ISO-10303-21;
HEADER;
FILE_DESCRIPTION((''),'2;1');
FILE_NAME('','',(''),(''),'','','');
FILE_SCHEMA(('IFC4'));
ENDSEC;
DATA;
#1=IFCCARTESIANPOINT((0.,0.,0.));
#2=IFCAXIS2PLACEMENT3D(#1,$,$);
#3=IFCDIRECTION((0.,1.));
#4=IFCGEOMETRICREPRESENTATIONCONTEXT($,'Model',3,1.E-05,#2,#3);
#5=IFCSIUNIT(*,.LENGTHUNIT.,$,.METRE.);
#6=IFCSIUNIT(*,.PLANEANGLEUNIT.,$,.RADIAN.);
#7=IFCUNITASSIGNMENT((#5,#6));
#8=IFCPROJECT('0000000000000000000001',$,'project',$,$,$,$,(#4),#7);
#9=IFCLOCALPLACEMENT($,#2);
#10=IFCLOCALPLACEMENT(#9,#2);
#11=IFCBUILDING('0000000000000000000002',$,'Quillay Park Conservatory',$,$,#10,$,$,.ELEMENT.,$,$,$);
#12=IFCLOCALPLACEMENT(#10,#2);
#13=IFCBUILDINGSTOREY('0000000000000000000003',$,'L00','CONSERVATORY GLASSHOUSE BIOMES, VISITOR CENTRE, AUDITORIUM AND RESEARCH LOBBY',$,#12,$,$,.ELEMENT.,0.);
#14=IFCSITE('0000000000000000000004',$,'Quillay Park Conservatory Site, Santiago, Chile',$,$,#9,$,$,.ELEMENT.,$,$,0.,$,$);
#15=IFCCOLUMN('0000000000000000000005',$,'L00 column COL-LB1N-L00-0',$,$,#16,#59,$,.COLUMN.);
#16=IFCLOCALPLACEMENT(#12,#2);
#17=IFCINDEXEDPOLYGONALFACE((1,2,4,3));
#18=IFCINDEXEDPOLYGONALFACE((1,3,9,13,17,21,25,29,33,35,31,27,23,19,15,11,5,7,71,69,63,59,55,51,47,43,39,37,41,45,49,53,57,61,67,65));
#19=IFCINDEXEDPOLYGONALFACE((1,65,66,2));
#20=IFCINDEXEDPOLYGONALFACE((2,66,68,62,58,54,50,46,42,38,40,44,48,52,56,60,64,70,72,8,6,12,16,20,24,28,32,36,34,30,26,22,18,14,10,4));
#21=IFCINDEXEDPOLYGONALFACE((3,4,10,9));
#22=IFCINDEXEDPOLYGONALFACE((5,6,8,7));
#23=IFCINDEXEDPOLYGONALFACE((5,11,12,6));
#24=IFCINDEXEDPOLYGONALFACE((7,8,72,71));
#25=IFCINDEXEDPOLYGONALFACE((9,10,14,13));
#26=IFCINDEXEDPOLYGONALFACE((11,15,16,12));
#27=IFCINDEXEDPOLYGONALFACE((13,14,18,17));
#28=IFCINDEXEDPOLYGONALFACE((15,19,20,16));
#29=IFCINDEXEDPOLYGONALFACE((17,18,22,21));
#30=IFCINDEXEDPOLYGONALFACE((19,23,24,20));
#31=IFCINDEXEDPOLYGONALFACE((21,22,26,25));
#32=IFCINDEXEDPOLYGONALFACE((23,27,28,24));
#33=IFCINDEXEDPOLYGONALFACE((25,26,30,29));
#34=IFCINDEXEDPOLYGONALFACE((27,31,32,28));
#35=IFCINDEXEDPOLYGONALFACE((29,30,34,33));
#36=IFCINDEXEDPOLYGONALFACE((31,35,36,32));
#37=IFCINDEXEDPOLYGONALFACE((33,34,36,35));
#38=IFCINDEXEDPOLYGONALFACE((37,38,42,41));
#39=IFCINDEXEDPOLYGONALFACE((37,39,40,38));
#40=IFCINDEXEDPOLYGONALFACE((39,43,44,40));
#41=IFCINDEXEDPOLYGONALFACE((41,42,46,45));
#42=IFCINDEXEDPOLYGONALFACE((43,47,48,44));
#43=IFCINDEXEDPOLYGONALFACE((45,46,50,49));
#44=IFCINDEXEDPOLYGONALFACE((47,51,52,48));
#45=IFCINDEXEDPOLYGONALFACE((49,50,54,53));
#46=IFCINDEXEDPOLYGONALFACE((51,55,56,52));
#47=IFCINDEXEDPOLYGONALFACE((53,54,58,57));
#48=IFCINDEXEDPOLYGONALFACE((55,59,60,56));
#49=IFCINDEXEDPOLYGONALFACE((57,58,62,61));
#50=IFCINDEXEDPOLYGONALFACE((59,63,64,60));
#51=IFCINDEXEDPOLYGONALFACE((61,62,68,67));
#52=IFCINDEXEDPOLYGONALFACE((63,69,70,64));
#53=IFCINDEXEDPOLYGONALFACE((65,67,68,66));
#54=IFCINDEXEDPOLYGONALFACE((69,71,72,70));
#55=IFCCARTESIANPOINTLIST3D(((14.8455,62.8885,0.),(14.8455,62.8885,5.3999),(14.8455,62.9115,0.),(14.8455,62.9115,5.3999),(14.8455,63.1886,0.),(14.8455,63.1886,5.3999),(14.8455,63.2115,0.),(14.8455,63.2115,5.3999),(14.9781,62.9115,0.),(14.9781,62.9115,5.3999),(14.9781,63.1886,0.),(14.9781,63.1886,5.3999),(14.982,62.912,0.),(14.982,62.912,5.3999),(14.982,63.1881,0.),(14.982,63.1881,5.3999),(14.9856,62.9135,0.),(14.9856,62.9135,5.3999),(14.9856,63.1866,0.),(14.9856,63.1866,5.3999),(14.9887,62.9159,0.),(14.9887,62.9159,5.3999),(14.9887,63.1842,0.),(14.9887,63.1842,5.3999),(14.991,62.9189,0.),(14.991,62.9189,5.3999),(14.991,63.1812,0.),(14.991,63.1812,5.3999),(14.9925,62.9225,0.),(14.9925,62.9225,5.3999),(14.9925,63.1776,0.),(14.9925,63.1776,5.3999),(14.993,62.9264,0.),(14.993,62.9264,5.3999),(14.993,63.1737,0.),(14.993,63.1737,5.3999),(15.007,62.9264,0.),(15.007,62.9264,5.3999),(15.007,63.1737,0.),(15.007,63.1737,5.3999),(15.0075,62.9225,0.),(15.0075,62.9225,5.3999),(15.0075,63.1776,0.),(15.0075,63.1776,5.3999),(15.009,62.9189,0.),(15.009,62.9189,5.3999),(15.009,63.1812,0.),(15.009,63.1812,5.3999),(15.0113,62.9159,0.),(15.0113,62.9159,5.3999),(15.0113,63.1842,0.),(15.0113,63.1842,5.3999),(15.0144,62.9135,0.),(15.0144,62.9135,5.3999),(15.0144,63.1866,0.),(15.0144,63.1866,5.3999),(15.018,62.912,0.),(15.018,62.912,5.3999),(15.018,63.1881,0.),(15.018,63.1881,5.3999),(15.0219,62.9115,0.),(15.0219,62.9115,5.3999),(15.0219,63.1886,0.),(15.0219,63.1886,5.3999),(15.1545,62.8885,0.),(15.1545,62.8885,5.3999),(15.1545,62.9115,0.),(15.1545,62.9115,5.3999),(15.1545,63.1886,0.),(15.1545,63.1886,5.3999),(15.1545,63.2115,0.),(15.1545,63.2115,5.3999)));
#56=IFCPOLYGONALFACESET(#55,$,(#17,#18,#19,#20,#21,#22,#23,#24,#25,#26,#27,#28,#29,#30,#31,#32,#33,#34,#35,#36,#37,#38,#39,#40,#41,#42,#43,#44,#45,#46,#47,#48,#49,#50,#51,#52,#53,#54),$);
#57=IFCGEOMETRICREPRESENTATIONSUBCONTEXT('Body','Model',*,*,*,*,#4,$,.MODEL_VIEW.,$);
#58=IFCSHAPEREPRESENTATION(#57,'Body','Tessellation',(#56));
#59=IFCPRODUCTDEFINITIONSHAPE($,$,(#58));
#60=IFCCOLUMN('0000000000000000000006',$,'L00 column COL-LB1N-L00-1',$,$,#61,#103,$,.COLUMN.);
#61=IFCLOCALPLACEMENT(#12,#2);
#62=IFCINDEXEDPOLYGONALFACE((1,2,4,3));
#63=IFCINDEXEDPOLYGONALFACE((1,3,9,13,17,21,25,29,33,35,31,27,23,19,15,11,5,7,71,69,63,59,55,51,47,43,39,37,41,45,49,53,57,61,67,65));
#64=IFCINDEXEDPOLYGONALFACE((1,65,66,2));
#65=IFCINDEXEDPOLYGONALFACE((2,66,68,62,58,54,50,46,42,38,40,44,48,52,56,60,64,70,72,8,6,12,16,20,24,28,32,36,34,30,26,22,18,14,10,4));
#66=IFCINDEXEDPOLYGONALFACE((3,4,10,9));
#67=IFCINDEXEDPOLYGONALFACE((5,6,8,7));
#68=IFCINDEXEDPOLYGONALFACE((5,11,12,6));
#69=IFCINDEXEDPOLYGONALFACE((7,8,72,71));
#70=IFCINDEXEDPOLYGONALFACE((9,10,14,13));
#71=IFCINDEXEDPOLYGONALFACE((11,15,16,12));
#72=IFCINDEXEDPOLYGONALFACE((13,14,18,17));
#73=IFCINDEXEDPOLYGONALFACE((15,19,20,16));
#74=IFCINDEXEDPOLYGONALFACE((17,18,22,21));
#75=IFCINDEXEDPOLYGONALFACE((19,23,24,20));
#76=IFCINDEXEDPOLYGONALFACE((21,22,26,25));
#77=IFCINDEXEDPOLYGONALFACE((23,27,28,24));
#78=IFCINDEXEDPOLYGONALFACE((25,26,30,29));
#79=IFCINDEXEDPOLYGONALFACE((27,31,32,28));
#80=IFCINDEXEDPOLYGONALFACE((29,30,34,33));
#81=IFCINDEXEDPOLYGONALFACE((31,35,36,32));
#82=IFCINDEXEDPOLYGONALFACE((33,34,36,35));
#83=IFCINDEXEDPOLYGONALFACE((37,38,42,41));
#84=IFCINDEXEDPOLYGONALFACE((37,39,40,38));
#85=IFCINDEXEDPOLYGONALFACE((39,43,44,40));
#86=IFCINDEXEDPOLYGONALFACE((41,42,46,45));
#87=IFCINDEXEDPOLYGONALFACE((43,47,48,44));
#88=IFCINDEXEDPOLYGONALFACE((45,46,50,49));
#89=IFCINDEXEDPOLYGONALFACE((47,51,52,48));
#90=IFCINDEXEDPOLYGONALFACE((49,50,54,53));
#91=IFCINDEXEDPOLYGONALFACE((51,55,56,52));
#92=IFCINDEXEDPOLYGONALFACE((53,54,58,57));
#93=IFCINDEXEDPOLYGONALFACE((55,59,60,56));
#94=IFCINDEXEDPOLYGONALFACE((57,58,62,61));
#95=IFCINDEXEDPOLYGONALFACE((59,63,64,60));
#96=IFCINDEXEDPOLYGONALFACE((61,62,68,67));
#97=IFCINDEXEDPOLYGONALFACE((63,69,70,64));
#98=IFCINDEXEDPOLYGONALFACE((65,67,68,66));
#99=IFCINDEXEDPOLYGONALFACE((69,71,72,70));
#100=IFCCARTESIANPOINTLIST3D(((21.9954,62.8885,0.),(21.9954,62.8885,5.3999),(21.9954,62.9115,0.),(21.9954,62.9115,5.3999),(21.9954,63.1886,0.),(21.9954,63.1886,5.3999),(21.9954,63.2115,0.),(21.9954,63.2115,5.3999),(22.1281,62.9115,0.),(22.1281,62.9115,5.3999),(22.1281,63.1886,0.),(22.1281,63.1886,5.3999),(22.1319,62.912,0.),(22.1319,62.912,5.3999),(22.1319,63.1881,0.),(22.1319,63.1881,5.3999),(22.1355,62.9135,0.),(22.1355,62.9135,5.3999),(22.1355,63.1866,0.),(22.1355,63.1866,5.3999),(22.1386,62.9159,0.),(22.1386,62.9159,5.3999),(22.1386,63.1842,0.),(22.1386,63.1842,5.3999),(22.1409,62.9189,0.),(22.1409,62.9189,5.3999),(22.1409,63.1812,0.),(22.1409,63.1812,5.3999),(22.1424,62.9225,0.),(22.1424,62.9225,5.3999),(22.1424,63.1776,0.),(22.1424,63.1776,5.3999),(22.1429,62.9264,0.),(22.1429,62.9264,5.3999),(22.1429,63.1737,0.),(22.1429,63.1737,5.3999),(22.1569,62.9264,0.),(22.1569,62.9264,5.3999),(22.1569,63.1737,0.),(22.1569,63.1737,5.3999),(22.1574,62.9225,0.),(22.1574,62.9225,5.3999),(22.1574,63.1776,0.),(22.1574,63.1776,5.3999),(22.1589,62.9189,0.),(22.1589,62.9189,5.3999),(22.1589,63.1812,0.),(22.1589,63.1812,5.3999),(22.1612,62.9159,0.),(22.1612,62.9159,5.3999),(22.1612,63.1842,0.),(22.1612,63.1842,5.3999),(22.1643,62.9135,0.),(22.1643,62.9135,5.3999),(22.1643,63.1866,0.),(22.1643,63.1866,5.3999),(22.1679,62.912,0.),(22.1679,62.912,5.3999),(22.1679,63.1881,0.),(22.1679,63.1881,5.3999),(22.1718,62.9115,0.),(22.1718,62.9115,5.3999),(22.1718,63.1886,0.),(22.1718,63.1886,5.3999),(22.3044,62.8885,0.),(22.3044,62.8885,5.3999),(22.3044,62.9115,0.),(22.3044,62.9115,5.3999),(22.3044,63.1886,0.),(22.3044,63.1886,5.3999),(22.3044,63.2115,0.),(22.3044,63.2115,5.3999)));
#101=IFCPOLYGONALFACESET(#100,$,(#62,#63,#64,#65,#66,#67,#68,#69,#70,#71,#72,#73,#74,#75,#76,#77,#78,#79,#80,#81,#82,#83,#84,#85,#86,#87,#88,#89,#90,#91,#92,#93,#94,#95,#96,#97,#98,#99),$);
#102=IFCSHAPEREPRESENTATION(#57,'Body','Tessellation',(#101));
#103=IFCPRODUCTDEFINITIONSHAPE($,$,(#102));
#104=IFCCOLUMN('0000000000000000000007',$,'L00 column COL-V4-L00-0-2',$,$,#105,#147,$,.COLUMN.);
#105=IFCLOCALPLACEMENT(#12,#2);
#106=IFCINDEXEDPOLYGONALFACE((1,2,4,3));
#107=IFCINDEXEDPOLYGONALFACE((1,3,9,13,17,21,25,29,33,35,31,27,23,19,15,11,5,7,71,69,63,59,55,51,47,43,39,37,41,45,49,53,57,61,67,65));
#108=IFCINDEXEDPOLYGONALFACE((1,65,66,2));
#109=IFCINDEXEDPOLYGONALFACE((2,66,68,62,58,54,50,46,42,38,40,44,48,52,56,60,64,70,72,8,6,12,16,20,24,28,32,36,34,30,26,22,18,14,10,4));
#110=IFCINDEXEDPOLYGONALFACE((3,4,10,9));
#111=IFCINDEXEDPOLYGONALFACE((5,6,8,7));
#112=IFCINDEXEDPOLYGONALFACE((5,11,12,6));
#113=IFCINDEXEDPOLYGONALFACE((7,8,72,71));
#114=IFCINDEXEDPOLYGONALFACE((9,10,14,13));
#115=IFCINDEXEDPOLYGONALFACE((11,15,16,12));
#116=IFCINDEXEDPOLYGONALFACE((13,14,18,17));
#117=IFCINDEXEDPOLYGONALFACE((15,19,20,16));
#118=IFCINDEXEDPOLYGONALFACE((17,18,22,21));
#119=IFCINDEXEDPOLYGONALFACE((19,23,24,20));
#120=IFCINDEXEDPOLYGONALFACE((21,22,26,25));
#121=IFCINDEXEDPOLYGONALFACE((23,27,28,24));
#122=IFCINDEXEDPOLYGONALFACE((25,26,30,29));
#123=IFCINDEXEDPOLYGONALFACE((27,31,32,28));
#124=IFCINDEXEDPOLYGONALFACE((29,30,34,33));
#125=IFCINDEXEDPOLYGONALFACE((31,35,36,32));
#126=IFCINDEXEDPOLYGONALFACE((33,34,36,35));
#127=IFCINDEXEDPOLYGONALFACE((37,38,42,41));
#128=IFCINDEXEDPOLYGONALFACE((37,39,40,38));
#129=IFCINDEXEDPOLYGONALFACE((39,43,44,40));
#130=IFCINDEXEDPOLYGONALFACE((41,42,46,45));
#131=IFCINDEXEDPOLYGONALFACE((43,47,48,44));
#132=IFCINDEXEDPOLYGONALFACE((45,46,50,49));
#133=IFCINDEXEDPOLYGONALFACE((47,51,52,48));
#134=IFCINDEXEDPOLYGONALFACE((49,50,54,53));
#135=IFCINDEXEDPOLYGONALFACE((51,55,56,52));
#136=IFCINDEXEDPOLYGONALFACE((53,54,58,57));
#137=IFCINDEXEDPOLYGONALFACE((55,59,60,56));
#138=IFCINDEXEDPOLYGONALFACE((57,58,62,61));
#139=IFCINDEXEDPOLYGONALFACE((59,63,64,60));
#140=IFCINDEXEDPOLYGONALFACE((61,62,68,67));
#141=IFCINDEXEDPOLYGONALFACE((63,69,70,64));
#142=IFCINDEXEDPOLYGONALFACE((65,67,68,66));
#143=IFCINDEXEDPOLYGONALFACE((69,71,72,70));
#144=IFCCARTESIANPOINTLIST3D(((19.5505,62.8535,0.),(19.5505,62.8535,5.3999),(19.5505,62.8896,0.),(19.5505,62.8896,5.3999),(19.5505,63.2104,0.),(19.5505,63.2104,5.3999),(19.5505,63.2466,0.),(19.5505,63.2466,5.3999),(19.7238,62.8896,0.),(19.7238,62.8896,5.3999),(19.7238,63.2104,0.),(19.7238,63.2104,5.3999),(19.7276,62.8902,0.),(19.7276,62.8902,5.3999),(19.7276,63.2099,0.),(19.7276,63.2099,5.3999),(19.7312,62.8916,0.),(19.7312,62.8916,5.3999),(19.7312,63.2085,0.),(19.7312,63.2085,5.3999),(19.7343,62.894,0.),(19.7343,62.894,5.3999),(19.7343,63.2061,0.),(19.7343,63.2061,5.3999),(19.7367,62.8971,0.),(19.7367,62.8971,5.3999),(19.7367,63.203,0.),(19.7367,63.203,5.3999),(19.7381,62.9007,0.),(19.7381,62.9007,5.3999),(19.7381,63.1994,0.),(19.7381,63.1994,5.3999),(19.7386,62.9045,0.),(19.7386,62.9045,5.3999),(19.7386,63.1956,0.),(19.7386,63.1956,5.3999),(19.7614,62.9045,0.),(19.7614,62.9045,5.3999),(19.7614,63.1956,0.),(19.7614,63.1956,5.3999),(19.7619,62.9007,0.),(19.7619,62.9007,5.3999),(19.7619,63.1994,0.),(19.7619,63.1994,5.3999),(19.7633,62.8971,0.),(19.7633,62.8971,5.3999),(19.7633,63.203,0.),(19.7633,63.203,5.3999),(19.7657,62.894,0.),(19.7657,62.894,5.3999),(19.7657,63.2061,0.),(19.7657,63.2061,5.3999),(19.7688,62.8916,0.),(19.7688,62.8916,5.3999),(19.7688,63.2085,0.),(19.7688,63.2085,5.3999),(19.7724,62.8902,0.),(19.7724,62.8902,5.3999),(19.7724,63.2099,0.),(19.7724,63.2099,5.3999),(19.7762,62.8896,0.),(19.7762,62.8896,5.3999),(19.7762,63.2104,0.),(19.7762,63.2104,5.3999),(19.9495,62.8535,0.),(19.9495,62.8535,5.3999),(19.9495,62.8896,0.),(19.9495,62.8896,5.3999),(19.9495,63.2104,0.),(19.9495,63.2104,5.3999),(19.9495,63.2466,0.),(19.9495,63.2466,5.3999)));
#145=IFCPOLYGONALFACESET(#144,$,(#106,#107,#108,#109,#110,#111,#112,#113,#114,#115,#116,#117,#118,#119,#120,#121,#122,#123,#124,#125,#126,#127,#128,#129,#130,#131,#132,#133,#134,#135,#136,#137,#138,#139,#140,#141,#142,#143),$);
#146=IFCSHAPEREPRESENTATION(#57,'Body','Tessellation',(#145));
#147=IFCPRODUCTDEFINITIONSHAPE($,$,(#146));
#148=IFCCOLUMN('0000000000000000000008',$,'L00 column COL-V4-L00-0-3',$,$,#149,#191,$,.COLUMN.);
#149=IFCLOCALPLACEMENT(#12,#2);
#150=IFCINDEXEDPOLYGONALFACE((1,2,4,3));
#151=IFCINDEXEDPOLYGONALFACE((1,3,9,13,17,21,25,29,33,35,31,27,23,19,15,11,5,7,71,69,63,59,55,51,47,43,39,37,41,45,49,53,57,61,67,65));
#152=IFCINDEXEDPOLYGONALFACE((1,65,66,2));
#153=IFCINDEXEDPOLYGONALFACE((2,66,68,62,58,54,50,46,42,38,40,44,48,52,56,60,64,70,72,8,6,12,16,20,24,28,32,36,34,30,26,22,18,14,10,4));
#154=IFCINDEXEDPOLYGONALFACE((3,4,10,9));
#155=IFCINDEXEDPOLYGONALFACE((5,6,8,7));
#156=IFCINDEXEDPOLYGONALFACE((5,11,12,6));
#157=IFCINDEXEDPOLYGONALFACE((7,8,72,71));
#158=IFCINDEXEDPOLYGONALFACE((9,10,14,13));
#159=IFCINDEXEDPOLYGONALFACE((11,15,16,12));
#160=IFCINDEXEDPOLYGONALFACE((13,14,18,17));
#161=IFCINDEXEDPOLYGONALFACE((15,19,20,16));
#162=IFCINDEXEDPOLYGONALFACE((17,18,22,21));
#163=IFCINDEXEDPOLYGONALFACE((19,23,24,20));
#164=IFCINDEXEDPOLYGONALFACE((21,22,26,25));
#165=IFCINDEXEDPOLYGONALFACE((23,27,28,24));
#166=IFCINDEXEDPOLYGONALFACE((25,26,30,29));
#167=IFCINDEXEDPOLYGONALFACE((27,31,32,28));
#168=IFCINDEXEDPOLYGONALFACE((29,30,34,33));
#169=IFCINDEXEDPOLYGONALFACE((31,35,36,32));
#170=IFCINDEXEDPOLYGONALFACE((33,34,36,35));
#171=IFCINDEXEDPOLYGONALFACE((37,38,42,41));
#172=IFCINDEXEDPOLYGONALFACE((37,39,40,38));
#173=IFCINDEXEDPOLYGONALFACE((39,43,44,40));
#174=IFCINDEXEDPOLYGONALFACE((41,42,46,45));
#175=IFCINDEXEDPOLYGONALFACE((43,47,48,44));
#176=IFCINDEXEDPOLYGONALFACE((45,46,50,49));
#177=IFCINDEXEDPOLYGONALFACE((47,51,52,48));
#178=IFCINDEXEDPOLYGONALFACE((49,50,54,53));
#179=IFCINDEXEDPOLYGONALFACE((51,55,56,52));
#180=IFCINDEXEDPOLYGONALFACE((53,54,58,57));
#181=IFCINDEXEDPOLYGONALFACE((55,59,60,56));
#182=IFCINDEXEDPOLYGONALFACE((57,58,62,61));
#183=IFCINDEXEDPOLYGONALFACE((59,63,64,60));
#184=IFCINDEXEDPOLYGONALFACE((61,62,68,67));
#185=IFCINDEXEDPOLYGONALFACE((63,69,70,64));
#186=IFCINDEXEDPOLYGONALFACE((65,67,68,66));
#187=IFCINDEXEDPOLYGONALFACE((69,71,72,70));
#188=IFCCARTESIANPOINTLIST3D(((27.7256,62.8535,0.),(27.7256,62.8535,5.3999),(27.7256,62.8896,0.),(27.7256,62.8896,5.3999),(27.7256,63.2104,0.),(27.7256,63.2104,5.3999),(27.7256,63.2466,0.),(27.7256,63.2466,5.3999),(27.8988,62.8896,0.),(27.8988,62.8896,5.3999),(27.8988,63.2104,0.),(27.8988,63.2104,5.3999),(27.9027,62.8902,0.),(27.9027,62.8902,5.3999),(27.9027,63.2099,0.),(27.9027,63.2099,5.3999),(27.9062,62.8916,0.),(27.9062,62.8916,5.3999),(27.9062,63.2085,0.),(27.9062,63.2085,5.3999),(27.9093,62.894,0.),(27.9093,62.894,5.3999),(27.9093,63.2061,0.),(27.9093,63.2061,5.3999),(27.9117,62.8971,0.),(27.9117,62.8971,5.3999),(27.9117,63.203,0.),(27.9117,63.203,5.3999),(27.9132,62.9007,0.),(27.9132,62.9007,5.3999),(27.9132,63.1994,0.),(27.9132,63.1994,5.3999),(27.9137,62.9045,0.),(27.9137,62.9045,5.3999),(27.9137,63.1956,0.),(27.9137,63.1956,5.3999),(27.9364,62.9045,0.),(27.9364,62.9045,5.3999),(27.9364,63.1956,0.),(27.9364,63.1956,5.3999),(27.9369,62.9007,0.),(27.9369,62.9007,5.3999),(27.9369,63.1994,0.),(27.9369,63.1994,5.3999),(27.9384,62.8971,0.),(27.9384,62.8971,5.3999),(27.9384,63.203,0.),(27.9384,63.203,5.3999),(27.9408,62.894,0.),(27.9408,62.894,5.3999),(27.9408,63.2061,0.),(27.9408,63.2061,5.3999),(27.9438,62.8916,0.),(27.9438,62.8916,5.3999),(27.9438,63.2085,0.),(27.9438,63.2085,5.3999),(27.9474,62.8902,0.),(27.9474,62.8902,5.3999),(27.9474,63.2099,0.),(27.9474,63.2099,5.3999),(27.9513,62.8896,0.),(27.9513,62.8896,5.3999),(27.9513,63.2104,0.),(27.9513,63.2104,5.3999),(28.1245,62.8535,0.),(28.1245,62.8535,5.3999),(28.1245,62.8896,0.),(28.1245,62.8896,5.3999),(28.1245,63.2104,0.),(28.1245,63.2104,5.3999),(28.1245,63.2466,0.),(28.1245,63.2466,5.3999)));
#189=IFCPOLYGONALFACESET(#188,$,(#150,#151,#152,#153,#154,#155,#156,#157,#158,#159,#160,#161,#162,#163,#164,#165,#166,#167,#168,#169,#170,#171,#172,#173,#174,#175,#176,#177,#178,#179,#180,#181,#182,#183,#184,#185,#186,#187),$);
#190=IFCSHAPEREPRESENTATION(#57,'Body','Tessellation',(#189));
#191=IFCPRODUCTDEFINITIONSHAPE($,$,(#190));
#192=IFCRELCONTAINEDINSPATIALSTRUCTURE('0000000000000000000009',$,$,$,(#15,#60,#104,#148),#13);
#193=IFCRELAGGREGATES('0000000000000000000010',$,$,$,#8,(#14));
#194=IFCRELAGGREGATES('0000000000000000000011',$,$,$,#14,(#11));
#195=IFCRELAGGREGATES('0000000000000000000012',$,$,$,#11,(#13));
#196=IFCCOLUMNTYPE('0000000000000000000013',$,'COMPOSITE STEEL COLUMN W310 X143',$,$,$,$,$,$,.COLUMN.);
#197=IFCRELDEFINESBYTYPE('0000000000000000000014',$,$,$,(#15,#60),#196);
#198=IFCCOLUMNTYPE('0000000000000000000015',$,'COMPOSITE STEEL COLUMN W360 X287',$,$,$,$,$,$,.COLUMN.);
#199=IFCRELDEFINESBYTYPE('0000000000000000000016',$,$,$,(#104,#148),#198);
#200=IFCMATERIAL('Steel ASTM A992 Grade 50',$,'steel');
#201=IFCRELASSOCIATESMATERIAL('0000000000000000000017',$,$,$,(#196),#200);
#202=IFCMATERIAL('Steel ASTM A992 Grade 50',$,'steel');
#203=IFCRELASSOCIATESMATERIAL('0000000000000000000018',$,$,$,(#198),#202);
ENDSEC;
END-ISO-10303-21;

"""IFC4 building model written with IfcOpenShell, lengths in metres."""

from ifc_helpers import new_model, si_unit, direction, frame, origin, origin_2d, place, context, subcontext, project, spatial, i_section, extrude, material, material_profile, profile_set, type_object, element, save


model = new_model("IFC4")

# Units and contexts
model_context = context("Model", 3, precision=1e-05, world=origin(), true_north=direction((0.0, 1.0)))
body_context = subcontext(model_context, "Body", "Model", "MODEL_VIEW")
ifc_project = project(units=[si_unit("LENGTHUNIT", "METRE"), si_unit("PLANEANGLEUNIT", "RADIAN")], contexts=[model_context])

# Site, building, storey
site_placement = place(None, origin())
site = spatial("IfcSite", under=ifc_project, at=site_placement, Name="Quillay Park Conservatory Site, Santiago, Chile", CompositionType="ELEMENT", RefElevation=0.0)
building_placement = place(site_placement, origin())
building = spatial("IfcBuilding", under=site, at=building_placement, Name="Quillay Park Conservatory", CompositionType="ELEMENT")
storey_placement = place(building_placement, origin())
storey = spatial("IfcBuildingStorey", under=building, at=storey_placement, Name="L00", Description="CONSERVATORY GLASSHOUSE BIOMES, VISITOR CENTRE, AUDITORIUM AND RESEARCH LOBBY", CompositionType="ELEMENT", Elevation=0.0)

# Columns
ifc_material_1 = material(Name="Steel ASTM A992 Grade 50", Category="steel")
ifc_material_profile_1 = material_profile(ifc_material_1, i_section(OverallWidth=0.3091, OverallDepth=0.323, WebThickness=0.0139, FlangeThickness=0.0229, FilletRadius=0.0149, at=origin_2d()), Name="W310x143")
ifc_profile_set_1 = profile_set([ifc_material_profile_1], Name="Steel ASTM A992 Grade 50")
column_type_1 = type_object("IfcColumnType", Name="COMPOSITE STEEL COLUMN W310 X143", PredefinedType="COLUMN", material=ifc_profile_set_1)
for number, where, z_axis, x_axis, name in (
    (1, (15.0, 63.05, 0.0), (0.0, 0.0, 1.0), (1.0, 0.0, 0.0), "L00 column COL-LB1N-L00-0"),
    (2, (22.1499, 63.05, 0.0), (0.0, 0.0, 1.0), (1.0, 0.0, 0.0), "L00 column COL-LB1N-L00-1"),
):
    element("IfcColumn", number, at=place(storey_placement, frame(where, z_axis=z_axis, x_axis=x_axis)), inside=storey, type_object=column_type_1, Name=name, PredefinedType="COLUMN", context=body_context, shape_type="SweptSolid", body=[
        extrude(i_section(OverallWidth=0.3091, OverallDepth=0.323, WebThickness=0.0139, FlangeThickness=0.0229, FilletRadius=0.0149, at=origin_2d()), origin(), (0.0, 0.0, 1.0), 5.3999),
    ])
ifc_material_2 = material(Name="Steel ASTM A992 Grade 50", Category="steel")
ifc_material_profile_2 = material_profile(ifc_material_2, i_section(OverallWidth=0.3989, OverallDepth=0.3931, WebThickness=0.0227, FlangeThickness=0.0361, FilletRadius=0.0149, at=origin_2d()), Name="W360x287")
ifc_profile_set_2 = profile_set([ifc_material_profile_2], Name="Steel ASTM A992 Grade 50")
column_type_2 = type_object("IfcColumnType", Name="COMPOSITE STEEL COLUMN W360 X287", PredefinedType="COLUMN", material=ifc_profile_set_2)
for number, where, z_axis, x_axis, name in (
    (3, (19.75, 63.05, 0.0), (0.0, 0.0, 1.0), (1.0, 0.0, 0.0), "L00 column COL-V4-L00-0-2"),
    (4, (27.925, 63.05, 0.0), (0.0, 0.0, 1.0), (1.0, 0.0, 0.0), "L00 column COL-V4-L00-0-3"),
):
    element("IfcColumn", number, at=place(storey_placement, frame(where, z_axis=z_axis, x_axis=x_axis)), inside=storey, type_object=column_type_2, Name=name, PredefinedType="COLUMN", context=body_context, shape_type="SweptSolid", body=[
        extrude(i_section(OverallWidth=0.3989, OverallDepth=0.3931, WebThickness=0.0227, FlangeThickness=0.0361, FilletRadius=0.0149, at=origin_2d()), origin(), (0.0, 0.0, 1.0), 5.3999),
    ])

save(model, "model.ifc")
